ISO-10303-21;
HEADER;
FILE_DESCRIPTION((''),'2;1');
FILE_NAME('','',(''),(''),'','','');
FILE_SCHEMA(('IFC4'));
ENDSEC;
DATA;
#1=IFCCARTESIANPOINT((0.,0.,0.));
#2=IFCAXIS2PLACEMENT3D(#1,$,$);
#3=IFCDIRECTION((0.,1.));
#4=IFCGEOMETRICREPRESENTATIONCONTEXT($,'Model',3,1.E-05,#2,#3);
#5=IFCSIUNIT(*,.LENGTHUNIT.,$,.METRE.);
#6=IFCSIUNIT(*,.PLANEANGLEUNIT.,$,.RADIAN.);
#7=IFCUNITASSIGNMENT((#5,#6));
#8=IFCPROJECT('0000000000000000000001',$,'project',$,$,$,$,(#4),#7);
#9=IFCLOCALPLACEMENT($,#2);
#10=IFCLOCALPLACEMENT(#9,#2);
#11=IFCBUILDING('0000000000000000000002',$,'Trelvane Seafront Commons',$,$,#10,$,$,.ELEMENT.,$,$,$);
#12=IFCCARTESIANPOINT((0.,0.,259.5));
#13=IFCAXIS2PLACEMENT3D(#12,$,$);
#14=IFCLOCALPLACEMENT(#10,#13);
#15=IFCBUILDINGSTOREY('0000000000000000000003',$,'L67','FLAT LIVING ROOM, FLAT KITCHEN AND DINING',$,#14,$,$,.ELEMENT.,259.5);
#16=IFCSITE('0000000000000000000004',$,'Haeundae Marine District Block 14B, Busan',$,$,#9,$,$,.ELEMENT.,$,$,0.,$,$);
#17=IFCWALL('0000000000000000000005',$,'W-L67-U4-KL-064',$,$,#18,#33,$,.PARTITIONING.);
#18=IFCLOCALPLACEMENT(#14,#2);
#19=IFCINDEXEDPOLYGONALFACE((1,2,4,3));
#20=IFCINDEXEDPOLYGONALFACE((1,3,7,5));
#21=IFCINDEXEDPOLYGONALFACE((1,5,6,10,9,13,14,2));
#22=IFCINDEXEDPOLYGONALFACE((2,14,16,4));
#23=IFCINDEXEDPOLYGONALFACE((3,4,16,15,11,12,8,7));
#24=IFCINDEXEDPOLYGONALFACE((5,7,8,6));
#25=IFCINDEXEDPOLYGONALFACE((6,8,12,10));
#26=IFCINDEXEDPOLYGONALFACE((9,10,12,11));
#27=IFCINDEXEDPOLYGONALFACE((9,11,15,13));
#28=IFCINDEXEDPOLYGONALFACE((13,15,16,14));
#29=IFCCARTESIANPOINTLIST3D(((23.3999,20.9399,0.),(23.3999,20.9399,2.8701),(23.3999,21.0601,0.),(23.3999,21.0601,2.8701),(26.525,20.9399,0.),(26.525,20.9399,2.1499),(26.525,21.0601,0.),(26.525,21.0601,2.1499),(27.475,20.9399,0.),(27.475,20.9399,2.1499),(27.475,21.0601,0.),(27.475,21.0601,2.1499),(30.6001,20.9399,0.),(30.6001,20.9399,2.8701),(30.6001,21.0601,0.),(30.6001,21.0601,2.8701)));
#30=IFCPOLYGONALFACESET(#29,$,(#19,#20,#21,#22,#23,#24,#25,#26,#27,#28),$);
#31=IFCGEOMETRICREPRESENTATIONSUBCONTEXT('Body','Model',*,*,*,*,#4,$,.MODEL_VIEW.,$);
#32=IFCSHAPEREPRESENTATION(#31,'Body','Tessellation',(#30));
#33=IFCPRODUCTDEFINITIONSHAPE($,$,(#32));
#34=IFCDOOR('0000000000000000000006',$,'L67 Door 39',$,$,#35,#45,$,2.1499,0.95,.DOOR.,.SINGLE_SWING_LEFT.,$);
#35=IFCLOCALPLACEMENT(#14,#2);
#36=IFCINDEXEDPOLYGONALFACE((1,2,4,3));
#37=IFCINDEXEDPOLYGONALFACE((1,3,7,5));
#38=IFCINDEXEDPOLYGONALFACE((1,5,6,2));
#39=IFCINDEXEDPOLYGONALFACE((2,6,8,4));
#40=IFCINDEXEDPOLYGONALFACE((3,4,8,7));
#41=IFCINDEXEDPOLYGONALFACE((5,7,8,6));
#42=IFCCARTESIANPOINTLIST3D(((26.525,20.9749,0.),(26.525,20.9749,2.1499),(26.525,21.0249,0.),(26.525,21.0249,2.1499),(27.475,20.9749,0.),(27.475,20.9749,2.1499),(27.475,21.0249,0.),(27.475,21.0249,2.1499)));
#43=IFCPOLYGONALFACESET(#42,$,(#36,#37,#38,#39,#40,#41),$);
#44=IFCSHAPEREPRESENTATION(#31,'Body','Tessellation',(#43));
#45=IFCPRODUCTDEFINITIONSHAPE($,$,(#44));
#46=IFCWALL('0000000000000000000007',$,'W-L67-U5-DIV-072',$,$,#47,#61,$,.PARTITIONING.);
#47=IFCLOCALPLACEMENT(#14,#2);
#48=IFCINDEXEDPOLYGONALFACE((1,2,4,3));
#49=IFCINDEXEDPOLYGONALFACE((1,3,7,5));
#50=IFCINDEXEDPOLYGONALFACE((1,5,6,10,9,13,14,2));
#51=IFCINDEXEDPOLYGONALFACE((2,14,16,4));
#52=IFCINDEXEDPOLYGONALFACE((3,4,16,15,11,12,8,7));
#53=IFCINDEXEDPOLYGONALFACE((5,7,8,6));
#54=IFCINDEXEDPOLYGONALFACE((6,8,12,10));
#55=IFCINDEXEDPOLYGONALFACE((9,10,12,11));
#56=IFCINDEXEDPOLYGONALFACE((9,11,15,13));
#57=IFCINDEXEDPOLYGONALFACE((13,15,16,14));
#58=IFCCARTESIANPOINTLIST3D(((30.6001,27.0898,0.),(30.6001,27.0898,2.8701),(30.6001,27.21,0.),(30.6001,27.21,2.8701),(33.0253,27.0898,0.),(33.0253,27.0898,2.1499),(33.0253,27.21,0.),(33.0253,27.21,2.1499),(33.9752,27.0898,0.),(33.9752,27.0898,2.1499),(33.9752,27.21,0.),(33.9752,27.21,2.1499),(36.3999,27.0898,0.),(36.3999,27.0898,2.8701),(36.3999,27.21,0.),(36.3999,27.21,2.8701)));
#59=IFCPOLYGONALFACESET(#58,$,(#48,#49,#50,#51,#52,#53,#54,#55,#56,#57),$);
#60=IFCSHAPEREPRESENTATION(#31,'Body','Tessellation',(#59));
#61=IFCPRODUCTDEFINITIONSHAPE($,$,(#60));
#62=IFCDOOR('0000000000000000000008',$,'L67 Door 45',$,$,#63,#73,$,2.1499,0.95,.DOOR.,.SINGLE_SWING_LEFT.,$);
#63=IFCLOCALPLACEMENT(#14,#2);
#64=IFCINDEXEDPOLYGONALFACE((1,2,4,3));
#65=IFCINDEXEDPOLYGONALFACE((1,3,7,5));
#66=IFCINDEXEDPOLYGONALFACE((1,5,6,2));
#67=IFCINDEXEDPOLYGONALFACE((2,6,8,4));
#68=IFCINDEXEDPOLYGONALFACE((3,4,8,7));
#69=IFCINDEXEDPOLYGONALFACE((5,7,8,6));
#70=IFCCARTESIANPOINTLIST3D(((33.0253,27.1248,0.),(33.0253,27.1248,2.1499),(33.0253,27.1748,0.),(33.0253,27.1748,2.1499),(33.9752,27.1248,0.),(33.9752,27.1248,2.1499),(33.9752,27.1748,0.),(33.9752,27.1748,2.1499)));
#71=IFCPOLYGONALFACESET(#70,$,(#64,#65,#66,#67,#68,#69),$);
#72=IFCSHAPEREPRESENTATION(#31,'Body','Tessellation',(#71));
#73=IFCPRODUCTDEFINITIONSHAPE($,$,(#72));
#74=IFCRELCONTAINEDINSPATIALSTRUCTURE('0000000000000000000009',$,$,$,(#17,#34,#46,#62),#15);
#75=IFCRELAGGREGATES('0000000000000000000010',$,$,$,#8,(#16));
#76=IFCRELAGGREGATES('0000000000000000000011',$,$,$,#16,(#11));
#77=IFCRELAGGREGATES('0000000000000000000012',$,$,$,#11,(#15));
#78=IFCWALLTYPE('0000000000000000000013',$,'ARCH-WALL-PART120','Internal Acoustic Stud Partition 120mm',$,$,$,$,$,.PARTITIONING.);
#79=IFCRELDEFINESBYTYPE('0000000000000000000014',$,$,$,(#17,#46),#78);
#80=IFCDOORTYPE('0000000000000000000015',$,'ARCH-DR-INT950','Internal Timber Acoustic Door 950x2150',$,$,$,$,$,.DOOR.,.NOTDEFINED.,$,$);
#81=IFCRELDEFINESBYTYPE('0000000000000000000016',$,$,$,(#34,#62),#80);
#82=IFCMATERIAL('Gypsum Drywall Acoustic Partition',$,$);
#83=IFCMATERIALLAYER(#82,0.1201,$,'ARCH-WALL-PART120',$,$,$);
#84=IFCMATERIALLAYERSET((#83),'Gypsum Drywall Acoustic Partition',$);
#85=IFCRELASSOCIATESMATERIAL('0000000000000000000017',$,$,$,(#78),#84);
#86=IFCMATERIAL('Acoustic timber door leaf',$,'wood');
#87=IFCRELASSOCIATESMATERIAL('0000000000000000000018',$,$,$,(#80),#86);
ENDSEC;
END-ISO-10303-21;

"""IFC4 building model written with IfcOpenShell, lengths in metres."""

from ifc_helpers import new_model, si_unit, direction, frame, frame_2d, origin, place, context, subcontext, project, spatial, rectangle, extrude, source, transform, mapped, material, layer, layer_set, type_object, element, fill, save


model = new_model("IFC4")

# Units and contexts
model_context = context("Model", 3, precision=1e-05, world=origin(), true_north=direction((0.0, 1.0)))
body_context = subcontext(model_context, "Body", "Model", "MODEL_VIEW")
ifc_project = project(units=[si_unit("LENGTHUNIT", "METRE"), si_unit("PLANEANGLEUNIT", "RADIAN")], contexts=[model_context])

# Site, building, storey
site_placement = place(None, origin())
site = spatial("IfcSite", under=ifc_project, at=site_placement, Name="Haeundae Marine District Block 14B, Busan", CompositionType="ELEMENT", RefElevation=0.0)
building_placement = place(site_placement, origin())
building = spatial("IfcBuilding", under=site, at=building_placement, Name="Trelvane Seafront Commons", CompositionType="ELEMENT")
storey_placement = place(building_placement, frame((0.0, 0.0, 259.5)))
storey = spatial("IfcBuildingStorey", under=building, at=storey_placement, Name="L67", Description="FLAT LIVING ROOM, FLAT KITCHEN AND DINING", CompositionType="ELEMENT", Elevation=259.5)

# Walls, openings, doors
ifc_material_1 = material(Name="Gypsum Drywall Acoustic Partition")
ifc_layer = layer(ifc_material_1, 0.1201, Name="ARCH-WALL-PART120")
ifc_layer_set = layer_set([ifc_layer], Name="Gypsum Drywall Acoustic Partition")
wall_type = type_object("IfcWallType", Name="ARCH-WALL-PART120", Description="Internal Acoustic Stud Partition 120mm", PredefinedType="PARTITIONING", material=ifc_layer_set)
ifc_material_2 = material(Name="Acoustic timber door leaf", Category="wood")
door_type = type_object("IfcDoorType", Name="ARCH-DR-INT950", Description="Internal Timber Acoustic Door 950x2150", OperationType="NOTDEFINED", PredefinedType="DOOR", material=ifc_material_2)
shared_shape_1 = source(origin(), body_context, "Body", "SweptSolid", [
    extrude(rectangle(XDim=0.95, YDim=2.1499, at=frame_2d((0.4751, 1.075))), frame((0.0, 0.0249, 0.0), z_axis=(0.0, -1.0, 0.0), x_axis=(1.0, 0.0, 0.0)), (0.0, 0.0, 1.0), 0.05),
])
wall_1_placement = place(storey_placement, frame((23.3999, 21.0, 0.0), z_axis=(0.0, 0.0, 1.0), x_axis=(1.0, 0.0, 0.0)))
wall_1 = element("IfcWall", 1, at=wall_1_placement, inside=storey, type_object=wall_type, Name="W-L67-U4-KL-064", PredefinedType="PARTITIONING", context=body_context, shape_type="SweptSolid", body=[
    extrude(rectangle(XDim=7.2002, YDim=0.1201, at=frame_2d((3.6001, 0.0))), origin(), (0.0, 0.0, 1.0), 2.8701),
])
opening_1_placement = place(wall_1_placement, frame((3.125, 0.0, 0.0)))
opening_1 = element("IfcOpeningElement", 2, at=opening_1_placement, cuts=wall_1, PredefinedType="OPENING", context=body_context, shape_type="SweptSolid", body=[
    extrude(rectangle(XDim=0.95, YDim=2.1499, at=frame_2d((0.4751, 1.075))), frame((0.0, 0.0701, 0.0), z_axis=(0.0, -1.0, 0.0), x_axis=(1.0, 0.0, 0.0)), (0.0, 0.0, 1.0), 0.1401),
])
door_1_placement = place(opening_1_placement, origin())
door_1 = element("IfcDoor", 3, at=door_1_placement, inside=storey, type_object=door_type, Name="L67 Door 39", OperationType="SINGLE_SWING_LEFT", OverallHeight=2.1499, OverallWidth=0.95, PredefinedType="DOOR", context=body_context, shape_type="MappedRepresentation", body=[
    mapped(shared_shape_1, transform((0.0, 0.0, 0.0), x_axis=(1.0, 0.0, 0.0), y_axis=(0.0, 1.0, 0.0), z_axis=(0.0, 0.0, 1.0), scale=1.0)),
])
fill(opening_1, door_1)
wall_2_placement = place(storey_placement, frame((30.6001, 27.1499, 0.0), z_axis=(0.0, 0.0, 1.0), x_axis=(1.0, 0.0, 0.0)))
wall_2 = element("IfcWall", 4, at=wall_2_placement, inside=storey, type_object=wall_type, Name="W-L67-U5-DIV-072", PredefinedType="PARTITIONING", context=body_context, shape_type="SweptSolid", body=[
    extrude(rectangle(XDim=5.7998, YDim=0.1201, at=frame_2d((2.8999, 0.0))), origin(), (0.0, 0.0, 1.0), 2.8701),
])
opening_2_placement = place(wall_2_placement, frame((2.425, 0.0, 0.0)))
opening_2 = element("IfcOpeningElement", 5, at=opening_2_placement, cuts=wall_2, PredefinedType="OPENING", context=body_context, shape_type="SweptSolid", body=[
    extrude(rectangle(XDim=0.95, YDim=2.1499, at=frame_2d((0.4751, 1.075))), frame((0.0, 0.0701, 0.0), z_axis=(0.0, -1.0, 0.0), x_axis=(1.0, 0.0, 0.0)), (0.0, 0.0, 1.0), 0.1401),
])
door_2_placement = place(opening_2_placement, origin())
door_2 = element("IfcDoor", 6, at=door_2_placement, inside=storey, type_object=door_type, Name="L67 Door 45", OperationType="SINGLE_SWING_LEFT", OverallHeight=2.1499, OverallWidth=0.95, PredefinedType="DOOR", context=body_context, shape_type="MappedRepresentation", body=[
    mapped(shared_shape_1, transform((0.0, 0.0, 0.0), x_axis=(1.0, 0.0, 0.0), y_axis=(0.0, 1.0, 0.0), z_axis=(0.0, 0.0, 1.0), scale=1.0)),
])
fill(opening_2, door_2)

save(model, "model.ifc")
